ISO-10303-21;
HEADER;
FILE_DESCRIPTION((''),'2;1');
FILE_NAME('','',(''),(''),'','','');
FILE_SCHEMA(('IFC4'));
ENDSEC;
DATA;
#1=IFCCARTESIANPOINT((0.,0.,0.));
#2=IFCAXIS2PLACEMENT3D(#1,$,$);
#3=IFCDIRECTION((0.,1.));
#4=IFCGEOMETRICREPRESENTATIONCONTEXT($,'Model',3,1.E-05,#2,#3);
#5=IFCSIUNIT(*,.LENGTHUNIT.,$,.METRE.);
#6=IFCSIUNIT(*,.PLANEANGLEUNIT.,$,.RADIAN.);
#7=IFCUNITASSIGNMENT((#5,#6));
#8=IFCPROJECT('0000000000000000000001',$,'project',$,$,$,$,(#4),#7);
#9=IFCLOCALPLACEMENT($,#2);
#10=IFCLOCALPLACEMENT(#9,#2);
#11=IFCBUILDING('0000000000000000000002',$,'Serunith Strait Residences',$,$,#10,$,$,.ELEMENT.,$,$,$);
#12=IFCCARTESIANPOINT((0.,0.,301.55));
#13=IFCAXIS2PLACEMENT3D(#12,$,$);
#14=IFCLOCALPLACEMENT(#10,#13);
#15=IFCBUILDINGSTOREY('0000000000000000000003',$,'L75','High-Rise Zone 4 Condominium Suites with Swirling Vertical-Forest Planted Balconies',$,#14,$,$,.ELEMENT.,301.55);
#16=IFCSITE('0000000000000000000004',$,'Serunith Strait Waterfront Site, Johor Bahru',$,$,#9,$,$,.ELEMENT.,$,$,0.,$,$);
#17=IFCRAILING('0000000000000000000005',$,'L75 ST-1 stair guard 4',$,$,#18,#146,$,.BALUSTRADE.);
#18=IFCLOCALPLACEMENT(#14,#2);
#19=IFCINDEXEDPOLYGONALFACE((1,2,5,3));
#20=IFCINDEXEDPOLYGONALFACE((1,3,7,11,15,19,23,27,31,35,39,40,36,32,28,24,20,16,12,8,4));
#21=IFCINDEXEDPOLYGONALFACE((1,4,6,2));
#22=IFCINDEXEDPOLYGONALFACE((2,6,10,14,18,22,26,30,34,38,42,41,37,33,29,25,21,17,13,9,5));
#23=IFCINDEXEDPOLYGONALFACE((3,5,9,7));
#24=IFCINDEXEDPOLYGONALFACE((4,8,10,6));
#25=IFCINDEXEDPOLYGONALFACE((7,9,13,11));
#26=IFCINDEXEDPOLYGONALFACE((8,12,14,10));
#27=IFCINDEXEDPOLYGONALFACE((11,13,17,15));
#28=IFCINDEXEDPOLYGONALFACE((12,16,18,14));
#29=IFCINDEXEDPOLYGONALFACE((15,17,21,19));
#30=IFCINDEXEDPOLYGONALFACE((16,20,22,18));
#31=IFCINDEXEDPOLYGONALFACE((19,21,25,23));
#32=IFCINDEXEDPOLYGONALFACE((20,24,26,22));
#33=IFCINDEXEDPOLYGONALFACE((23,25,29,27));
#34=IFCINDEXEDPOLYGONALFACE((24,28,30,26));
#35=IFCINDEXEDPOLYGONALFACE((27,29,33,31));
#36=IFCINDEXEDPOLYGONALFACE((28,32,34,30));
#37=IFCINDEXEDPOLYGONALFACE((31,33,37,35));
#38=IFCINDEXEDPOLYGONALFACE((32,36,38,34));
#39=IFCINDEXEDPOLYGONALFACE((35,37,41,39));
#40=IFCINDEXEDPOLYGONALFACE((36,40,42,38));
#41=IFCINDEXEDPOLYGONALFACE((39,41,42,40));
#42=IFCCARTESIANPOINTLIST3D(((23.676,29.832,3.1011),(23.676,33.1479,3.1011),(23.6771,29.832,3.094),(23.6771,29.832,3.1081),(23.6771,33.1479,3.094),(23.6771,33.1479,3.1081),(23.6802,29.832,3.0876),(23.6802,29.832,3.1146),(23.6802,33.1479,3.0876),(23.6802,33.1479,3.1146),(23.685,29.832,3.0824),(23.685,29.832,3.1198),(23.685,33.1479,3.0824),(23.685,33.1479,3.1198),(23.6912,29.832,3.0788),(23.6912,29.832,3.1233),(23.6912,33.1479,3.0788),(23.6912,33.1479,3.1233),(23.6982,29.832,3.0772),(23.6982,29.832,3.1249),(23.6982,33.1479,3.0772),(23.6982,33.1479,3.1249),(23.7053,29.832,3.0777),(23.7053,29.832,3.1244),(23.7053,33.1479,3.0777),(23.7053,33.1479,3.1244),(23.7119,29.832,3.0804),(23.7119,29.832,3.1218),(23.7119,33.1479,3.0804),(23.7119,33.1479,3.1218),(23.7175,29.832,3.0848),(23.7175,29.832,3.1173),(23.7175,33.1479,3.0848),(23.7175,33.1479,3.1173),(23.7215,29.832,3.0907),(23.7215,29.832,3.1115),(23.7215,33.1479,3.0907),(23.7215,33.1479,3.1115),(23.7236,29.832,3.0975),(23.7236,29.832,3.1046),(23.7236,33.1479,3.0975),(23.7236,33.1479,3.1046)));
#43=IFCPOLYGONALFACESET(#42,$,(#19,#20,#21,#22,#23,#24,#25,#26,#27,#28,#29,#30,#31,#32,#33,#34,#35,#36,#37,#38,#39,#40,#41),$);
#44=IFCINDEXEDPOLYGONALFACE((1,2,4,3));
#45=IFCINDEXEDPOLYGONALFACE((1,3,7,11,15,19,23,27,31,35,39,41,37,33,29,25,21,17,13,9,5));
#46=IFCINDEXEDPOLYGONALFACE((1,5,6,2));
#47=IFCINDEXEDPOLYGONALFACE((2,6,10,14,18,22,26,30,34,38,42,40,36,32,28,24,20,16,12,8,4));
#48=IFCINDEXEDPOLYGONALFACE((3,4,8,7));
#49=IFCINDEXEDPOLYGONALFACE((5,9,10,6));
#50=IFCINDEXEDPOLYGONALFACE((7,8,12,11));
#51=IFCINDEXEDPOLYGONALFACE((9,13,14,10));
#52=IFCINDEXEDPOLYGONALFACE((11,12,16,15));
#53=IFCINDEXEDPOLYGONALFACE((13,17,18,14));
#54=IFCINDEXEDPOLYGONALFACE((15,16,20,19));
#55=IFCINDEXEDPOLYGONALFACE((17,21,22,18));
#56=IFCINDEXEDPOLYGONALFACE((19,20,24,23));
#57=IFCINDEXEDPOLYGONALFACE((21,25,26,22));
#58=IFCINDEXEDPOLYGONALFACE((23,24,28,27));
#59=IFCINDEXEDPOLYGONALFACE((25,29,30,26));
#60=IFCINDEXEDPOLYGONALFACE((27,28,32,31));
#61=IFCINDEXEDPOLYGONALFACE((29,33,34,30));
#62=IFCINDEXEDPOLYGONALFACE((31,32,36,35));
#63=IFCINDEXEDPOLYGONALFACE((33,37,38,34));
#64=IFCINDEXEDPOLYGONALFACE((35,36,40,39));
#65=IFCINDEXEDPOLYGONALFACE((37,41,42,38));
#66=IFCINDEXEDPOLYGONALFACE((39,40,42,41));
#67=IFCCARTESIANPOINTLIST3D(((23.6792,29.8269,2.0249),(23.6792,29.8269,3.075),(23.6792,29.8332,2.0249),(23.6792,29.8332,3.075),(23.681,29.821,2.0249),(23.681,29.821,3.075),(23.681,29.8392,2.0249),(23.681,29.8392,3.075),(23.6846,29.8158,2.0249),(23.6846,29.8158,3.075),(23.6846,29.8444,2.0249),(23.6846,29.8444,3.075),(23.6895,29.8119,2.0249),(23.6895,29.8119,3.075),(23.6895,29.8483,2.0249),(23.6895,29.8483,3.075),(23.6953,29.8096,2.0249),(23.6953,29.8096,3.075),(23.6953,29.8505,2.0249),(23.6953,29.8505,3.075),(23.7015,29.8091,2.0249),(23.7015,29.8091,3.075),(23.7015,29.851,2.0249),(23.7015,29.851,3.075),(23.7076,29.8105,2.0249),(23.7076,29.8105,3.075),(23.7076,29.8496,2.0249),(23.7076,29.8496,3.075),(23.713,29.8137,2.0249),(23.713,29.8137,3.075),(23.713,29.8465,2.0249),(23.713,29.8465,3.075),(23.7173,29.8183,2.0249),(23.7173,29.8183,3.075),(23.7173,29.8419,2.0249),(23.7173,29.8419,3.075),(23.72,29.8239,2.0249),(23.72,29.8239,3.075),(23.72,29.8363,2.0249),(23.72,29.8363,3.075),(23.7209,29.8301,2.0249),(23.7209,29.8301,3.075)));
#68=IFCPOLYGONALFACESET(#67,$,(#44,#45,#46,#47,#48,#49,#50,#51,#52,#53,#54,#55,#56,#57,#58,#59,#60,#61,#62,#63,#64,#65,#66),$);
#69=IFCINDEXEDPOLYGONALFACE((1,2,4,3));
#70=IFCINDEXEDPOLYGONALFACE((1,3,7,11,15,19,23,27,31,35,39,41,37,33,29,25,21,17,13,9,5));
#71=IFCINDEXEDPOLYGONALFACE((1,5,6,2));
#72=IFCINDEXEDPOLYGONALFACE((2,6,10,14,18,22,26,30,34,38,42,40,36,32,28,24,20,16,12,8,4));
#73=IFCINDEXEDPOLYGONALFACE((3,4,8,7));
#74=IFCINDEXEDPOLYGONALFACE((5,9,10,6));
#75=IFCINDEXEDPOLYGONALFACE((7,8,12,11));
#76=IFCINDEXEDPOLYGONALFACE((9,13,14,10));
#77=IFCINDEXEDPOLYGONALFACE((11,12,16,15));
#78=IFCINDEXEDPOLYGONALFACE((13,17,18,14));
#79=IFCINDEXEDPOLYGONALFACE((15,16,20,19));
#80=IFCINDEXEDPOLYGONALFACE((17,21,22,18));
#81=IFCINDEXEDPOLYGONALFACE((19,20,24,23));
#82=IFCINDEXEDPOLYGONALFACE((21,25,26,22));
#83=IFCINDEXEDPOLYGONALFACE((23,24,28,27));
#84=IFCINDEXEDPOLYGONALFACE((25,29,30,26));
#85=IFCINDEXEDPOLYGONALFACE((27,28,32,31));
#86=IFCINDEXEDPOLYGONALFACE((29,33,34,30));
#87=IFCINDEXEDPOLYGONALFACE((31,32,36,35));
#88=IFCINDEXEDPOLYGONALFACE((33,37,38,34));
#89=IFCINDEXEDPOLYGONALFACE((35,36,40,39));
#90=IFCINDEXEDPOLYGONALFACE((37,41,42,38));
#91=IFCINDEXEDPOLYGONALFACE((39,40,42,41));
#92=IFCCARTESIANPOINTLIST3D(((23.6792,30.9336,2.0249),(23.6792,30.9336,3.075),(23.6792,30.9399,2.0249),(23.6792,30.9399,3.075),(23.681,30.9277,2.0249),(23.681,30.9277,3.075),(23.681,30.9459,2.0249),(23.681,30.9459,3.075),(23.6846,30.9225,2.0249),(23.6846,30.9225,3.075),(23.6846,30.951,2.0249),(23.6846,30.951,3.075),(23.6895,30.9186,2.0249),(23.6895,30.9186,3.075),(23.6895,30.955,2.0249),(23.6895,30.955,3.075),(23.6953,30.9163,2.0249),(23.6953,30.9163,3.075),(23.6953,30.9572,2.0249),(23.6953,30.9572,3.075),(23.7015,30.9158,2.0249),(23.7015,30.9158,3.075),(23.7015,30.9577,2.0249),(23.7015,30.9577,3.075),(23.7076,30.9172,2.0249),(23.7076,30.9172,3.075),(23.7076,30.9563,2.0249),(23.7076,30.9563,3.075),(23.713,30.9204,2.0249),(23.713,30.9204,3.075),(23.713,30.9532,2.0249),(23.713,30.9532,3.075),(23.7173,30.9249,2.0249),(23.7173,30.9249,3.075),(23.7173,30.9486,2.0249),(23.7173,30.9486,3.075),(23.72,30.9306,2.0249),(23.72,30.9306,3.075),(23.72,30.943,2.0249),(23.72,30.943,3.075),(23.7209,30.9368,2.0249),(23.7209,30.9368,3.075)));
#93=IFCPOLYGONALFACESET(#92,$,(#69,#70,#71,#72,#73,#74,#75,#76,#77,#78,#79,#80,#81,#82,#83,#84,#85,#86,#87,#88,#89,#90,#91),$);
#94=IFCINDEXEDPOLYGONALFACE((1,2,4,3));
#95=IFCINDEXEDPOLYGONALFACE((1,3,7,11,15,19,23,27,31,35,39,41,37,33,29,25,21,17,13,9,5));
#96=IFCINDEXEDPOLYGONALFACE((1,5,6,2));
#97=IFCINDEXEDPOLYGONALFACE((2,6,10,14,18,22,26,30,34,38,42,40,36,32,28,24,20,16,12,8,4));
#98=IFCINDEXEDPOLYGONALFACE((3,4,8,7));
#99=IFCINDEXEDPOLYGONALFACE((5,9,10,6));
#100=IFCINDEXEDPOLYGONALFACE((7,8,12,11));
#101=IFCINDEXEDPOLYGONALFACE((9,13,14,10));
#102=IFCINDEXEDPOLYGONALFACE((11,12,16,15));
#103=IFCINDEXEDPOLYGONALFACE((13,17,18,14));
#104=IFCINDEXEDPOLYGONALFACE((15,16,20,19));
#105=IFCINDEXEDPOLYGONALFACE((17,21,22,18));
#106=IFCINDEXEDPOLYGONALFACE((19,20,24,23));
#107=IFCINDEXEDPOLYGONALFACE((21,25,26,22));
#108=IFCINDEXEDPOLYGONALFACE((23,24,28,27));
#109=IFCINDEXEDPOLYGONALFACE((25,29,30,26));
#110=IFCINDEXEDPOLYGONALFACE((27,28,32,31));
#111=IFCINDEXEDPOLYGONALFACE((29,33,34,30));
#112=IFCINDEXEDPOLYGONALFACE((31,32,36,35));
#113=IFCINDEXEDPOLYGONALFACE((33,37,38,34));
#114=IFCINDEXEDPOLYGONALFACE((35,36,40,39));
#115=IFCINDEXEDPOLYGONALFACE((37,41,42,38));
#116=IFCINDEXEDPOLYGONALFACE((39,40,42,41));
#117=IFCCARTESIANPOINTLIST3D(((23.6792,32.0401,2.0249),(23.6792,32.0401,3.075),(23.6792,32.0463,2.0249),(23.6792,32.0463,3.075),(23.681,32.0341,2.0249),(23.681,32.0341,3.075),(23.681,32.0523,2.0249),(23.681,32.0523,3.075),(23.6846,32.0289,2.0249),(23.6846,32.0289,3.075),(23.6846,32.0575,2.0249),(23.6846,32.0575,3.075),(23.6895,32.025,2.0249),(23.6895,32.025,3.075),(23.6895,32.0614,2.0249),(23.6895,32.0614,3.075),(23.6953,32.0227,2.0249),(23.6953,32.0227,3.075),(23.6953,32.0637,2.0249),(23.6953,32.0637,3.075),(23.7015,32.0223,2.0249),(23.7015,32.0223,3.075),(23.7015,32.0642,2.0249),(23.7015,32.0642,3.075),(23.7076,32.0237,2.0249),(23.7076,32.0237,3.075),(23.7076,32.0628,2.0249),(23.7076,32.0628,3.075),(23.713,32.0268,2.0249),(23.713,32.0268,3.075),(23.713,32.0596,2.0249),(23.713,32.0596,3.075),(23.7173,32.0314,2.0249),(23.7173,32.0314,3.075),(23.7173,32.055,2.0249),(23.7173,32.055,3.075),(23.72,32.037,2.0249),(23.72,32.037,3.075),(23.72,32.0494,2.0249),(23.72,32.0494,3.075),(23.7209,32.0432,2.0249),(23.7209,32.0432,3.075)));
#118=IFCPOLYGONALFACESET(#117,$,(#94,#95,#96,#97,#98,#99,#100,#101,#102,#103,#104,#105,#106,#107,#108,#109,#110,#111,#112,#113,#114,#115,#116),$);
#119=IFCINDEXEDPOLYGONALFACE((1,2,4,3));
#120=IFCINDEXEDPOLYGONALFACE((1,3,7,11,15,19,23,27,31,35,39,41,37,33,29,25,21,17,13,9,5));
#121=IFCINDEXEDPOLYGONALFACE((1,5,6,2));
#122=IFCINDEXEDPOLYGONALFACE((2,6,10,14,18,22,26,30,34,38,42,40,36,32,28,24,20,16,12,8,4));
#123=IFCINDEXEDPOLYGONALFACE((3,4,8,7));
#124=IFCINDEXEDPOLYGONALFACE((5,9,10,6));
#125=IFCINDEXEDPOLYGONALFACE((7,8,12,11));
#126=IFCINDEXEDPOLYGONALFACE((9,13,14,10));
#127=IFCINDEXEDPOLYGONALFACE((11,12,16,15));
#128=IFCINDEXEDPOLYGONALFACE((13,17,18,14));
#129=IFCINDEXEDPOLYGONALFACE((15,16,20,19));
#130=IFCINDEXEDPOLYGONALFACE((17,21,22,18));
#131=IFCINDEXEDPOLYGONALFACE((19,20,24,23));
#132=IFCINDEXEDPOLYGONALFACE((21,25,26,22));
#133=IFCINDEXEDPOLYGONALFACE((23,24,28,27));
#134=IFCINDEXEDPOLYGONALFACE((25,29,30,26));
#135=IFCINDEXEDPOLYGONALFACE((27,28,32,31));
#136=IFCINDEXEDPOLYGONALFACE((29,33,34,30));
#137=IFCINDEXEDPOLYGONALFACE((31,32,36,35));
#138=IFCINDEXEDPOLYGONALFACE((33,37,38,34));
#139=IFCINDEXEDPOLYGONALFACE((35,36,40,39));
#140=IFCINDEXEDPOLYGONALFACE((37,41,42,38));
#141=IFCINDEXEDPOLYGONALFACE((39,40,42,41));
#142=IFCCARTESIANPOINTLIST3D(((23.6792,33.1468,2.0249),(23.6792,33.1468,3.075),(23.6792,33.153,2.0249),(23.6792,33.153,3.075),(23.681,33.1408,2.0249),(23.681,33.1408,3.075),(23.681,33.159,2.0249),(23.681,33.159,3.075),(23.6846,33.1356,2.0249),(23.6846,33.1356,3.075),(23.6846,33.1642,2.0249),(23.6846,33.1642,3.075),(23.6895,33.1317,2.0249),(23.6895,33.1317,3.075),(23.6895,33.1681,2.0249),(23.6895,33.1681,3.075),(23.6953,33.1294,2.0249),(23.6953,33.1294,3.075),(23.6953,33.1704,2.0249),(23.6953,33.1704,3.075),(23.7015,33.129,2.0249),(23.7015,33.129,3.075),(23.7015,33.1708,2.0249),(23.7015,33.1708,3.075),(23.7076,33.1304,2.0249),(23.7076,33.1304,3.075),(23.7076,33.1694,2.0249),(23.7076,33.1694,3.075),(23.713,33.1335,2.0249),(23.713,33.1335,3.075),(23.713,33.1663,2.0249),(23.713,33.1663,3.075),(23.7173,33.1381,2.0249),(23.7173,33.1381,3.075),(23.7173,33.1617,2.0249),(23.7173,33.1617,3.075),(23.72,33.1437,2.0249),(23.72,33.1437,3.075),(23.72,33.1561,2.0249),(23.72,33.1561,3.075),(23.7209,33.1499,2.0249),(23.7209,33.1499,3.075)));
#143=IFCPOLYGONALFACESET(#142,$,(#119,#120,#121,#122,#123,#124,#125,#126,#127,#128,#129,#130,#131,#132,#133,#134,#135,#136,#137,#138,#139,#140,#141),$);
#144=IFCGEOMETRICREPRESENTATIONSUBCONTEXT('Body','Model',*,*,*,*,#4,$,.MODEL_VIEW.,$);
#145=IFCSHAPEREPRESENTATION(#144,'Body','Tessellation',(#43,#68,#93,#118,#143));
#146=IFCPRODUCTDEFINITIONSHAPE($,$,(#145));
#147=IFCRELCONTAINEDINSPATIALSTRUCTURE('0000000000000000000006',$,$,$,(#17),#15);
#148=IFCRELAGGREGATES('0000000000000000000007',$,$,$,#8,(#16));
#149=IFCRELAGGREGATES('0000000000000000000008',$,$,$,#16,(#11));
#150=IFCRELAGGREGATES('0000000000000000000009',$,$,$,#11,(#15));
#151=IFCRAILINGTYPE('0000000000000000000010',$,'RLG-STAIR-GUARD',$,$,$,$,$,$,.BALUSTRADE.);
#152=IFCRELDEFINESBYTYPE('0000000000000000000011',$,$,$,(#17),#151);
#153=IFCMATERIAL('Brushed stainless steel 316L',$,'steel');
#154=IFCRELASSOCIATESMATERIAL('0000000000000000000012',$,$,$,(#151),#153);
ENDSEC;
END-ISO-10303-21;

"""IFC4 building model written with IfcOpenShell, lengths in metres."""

from ifc_helpers import new_model, si_unit, direction, frame, origin, origin_2d, place, context, subcontext, project, spatial, circle, extrude, material, type_object, element, save


model = new_model("IFC4")

# Units and contexts
model_context = context("Model", 3, precision=1e-05, world=origin(), true_north=direction((0.0, 1.0)))
body_context = subcontext(model_context, "Body", "Model", "MODEL_VIEW")
ifc_project = project(units=[si_unit("LENGTHUNIT", "METRE"), si_unit("PLANEANGLEUNIT", "RADIAN")], contexts=[model_context])

# Site, building, storey
site_placement = place(None, origin())
site = spatial("IfcSite", under=ifc_project, at=site_placement, Name="Serunith Strait Waterfront Site, Johor Bahru", CompositionType="ELEMENT", RefElevation=0.0)
building_placement = place(site_placement, origin())
building = spatial("IfcBuilding", under=site, at=building_placement, Name="Serunith Strait Residences", CompositionType="ELEMENT")
storey_placement = place(building_placement, frame((0.0, 0.0, 301.55)))
storey = spatial("IfcBuildingStorey", under=building, at=storey_placement, Name="L75", Description="High-Rise Zone 4 Condominium Suites with Swirling Vertical-Forest Planted Balconies", CompositionType="ELEMENT", Elevation=301.55)

# Railing
ifc_material_1 = material(Name="Brushed stainless steel 316L", Category="steel")
railing_type_1 = type_object("IfcRailingType", Name="RLG-STAIR-GUARD", PredefinedType="BALUSTRADE", material=ifc_material_1)
for number, where, name in (
    (1, (23.7, 29.8301, 2.0249), "L75 ST-1 stair guard 4"),
):
    element("IfcRailing", number, at=place(storey_placement, frame(where)), inside=storey, type_object=railing_type_1, Name=name, PredefinedType="BALUSTRADE", context=body_context, shape_type="SweptSolid", body=[
        extrude(circle(Radius=0.0239, at=origin_2d()), frame((0.0, 0.002, 1.0762), z_axis=(0.0, 1.0, 0.0), x_axis=(-1.0, 0.0, 0.0)), (0.0, 0.0, 1.0), 3.3159),
        extrude(circle(Radius=0.021, at=origin_2d()), origin(), (0.0, 0.0, 1.0), 1.05),
        extrude(circle(Radius=0.021, at=origin_2d()), frame((0.0, 1.1067, 0.0)), (0.0, 0.0, 1.0), 1.05),
        extrude(circle(Radius=0.021, at=origin_2d()), frame((0.0, 2.2131, 0.0)), (0.0, 0.0, 1.0), 1.05),
        extrude(circle(Radius=0.021, at=origin_2d()), frame((0.0, 3.3198, 0.0)), (0.0, 0.0, 1.0), 1.05),
    ])

save(model, "model.ifc")
